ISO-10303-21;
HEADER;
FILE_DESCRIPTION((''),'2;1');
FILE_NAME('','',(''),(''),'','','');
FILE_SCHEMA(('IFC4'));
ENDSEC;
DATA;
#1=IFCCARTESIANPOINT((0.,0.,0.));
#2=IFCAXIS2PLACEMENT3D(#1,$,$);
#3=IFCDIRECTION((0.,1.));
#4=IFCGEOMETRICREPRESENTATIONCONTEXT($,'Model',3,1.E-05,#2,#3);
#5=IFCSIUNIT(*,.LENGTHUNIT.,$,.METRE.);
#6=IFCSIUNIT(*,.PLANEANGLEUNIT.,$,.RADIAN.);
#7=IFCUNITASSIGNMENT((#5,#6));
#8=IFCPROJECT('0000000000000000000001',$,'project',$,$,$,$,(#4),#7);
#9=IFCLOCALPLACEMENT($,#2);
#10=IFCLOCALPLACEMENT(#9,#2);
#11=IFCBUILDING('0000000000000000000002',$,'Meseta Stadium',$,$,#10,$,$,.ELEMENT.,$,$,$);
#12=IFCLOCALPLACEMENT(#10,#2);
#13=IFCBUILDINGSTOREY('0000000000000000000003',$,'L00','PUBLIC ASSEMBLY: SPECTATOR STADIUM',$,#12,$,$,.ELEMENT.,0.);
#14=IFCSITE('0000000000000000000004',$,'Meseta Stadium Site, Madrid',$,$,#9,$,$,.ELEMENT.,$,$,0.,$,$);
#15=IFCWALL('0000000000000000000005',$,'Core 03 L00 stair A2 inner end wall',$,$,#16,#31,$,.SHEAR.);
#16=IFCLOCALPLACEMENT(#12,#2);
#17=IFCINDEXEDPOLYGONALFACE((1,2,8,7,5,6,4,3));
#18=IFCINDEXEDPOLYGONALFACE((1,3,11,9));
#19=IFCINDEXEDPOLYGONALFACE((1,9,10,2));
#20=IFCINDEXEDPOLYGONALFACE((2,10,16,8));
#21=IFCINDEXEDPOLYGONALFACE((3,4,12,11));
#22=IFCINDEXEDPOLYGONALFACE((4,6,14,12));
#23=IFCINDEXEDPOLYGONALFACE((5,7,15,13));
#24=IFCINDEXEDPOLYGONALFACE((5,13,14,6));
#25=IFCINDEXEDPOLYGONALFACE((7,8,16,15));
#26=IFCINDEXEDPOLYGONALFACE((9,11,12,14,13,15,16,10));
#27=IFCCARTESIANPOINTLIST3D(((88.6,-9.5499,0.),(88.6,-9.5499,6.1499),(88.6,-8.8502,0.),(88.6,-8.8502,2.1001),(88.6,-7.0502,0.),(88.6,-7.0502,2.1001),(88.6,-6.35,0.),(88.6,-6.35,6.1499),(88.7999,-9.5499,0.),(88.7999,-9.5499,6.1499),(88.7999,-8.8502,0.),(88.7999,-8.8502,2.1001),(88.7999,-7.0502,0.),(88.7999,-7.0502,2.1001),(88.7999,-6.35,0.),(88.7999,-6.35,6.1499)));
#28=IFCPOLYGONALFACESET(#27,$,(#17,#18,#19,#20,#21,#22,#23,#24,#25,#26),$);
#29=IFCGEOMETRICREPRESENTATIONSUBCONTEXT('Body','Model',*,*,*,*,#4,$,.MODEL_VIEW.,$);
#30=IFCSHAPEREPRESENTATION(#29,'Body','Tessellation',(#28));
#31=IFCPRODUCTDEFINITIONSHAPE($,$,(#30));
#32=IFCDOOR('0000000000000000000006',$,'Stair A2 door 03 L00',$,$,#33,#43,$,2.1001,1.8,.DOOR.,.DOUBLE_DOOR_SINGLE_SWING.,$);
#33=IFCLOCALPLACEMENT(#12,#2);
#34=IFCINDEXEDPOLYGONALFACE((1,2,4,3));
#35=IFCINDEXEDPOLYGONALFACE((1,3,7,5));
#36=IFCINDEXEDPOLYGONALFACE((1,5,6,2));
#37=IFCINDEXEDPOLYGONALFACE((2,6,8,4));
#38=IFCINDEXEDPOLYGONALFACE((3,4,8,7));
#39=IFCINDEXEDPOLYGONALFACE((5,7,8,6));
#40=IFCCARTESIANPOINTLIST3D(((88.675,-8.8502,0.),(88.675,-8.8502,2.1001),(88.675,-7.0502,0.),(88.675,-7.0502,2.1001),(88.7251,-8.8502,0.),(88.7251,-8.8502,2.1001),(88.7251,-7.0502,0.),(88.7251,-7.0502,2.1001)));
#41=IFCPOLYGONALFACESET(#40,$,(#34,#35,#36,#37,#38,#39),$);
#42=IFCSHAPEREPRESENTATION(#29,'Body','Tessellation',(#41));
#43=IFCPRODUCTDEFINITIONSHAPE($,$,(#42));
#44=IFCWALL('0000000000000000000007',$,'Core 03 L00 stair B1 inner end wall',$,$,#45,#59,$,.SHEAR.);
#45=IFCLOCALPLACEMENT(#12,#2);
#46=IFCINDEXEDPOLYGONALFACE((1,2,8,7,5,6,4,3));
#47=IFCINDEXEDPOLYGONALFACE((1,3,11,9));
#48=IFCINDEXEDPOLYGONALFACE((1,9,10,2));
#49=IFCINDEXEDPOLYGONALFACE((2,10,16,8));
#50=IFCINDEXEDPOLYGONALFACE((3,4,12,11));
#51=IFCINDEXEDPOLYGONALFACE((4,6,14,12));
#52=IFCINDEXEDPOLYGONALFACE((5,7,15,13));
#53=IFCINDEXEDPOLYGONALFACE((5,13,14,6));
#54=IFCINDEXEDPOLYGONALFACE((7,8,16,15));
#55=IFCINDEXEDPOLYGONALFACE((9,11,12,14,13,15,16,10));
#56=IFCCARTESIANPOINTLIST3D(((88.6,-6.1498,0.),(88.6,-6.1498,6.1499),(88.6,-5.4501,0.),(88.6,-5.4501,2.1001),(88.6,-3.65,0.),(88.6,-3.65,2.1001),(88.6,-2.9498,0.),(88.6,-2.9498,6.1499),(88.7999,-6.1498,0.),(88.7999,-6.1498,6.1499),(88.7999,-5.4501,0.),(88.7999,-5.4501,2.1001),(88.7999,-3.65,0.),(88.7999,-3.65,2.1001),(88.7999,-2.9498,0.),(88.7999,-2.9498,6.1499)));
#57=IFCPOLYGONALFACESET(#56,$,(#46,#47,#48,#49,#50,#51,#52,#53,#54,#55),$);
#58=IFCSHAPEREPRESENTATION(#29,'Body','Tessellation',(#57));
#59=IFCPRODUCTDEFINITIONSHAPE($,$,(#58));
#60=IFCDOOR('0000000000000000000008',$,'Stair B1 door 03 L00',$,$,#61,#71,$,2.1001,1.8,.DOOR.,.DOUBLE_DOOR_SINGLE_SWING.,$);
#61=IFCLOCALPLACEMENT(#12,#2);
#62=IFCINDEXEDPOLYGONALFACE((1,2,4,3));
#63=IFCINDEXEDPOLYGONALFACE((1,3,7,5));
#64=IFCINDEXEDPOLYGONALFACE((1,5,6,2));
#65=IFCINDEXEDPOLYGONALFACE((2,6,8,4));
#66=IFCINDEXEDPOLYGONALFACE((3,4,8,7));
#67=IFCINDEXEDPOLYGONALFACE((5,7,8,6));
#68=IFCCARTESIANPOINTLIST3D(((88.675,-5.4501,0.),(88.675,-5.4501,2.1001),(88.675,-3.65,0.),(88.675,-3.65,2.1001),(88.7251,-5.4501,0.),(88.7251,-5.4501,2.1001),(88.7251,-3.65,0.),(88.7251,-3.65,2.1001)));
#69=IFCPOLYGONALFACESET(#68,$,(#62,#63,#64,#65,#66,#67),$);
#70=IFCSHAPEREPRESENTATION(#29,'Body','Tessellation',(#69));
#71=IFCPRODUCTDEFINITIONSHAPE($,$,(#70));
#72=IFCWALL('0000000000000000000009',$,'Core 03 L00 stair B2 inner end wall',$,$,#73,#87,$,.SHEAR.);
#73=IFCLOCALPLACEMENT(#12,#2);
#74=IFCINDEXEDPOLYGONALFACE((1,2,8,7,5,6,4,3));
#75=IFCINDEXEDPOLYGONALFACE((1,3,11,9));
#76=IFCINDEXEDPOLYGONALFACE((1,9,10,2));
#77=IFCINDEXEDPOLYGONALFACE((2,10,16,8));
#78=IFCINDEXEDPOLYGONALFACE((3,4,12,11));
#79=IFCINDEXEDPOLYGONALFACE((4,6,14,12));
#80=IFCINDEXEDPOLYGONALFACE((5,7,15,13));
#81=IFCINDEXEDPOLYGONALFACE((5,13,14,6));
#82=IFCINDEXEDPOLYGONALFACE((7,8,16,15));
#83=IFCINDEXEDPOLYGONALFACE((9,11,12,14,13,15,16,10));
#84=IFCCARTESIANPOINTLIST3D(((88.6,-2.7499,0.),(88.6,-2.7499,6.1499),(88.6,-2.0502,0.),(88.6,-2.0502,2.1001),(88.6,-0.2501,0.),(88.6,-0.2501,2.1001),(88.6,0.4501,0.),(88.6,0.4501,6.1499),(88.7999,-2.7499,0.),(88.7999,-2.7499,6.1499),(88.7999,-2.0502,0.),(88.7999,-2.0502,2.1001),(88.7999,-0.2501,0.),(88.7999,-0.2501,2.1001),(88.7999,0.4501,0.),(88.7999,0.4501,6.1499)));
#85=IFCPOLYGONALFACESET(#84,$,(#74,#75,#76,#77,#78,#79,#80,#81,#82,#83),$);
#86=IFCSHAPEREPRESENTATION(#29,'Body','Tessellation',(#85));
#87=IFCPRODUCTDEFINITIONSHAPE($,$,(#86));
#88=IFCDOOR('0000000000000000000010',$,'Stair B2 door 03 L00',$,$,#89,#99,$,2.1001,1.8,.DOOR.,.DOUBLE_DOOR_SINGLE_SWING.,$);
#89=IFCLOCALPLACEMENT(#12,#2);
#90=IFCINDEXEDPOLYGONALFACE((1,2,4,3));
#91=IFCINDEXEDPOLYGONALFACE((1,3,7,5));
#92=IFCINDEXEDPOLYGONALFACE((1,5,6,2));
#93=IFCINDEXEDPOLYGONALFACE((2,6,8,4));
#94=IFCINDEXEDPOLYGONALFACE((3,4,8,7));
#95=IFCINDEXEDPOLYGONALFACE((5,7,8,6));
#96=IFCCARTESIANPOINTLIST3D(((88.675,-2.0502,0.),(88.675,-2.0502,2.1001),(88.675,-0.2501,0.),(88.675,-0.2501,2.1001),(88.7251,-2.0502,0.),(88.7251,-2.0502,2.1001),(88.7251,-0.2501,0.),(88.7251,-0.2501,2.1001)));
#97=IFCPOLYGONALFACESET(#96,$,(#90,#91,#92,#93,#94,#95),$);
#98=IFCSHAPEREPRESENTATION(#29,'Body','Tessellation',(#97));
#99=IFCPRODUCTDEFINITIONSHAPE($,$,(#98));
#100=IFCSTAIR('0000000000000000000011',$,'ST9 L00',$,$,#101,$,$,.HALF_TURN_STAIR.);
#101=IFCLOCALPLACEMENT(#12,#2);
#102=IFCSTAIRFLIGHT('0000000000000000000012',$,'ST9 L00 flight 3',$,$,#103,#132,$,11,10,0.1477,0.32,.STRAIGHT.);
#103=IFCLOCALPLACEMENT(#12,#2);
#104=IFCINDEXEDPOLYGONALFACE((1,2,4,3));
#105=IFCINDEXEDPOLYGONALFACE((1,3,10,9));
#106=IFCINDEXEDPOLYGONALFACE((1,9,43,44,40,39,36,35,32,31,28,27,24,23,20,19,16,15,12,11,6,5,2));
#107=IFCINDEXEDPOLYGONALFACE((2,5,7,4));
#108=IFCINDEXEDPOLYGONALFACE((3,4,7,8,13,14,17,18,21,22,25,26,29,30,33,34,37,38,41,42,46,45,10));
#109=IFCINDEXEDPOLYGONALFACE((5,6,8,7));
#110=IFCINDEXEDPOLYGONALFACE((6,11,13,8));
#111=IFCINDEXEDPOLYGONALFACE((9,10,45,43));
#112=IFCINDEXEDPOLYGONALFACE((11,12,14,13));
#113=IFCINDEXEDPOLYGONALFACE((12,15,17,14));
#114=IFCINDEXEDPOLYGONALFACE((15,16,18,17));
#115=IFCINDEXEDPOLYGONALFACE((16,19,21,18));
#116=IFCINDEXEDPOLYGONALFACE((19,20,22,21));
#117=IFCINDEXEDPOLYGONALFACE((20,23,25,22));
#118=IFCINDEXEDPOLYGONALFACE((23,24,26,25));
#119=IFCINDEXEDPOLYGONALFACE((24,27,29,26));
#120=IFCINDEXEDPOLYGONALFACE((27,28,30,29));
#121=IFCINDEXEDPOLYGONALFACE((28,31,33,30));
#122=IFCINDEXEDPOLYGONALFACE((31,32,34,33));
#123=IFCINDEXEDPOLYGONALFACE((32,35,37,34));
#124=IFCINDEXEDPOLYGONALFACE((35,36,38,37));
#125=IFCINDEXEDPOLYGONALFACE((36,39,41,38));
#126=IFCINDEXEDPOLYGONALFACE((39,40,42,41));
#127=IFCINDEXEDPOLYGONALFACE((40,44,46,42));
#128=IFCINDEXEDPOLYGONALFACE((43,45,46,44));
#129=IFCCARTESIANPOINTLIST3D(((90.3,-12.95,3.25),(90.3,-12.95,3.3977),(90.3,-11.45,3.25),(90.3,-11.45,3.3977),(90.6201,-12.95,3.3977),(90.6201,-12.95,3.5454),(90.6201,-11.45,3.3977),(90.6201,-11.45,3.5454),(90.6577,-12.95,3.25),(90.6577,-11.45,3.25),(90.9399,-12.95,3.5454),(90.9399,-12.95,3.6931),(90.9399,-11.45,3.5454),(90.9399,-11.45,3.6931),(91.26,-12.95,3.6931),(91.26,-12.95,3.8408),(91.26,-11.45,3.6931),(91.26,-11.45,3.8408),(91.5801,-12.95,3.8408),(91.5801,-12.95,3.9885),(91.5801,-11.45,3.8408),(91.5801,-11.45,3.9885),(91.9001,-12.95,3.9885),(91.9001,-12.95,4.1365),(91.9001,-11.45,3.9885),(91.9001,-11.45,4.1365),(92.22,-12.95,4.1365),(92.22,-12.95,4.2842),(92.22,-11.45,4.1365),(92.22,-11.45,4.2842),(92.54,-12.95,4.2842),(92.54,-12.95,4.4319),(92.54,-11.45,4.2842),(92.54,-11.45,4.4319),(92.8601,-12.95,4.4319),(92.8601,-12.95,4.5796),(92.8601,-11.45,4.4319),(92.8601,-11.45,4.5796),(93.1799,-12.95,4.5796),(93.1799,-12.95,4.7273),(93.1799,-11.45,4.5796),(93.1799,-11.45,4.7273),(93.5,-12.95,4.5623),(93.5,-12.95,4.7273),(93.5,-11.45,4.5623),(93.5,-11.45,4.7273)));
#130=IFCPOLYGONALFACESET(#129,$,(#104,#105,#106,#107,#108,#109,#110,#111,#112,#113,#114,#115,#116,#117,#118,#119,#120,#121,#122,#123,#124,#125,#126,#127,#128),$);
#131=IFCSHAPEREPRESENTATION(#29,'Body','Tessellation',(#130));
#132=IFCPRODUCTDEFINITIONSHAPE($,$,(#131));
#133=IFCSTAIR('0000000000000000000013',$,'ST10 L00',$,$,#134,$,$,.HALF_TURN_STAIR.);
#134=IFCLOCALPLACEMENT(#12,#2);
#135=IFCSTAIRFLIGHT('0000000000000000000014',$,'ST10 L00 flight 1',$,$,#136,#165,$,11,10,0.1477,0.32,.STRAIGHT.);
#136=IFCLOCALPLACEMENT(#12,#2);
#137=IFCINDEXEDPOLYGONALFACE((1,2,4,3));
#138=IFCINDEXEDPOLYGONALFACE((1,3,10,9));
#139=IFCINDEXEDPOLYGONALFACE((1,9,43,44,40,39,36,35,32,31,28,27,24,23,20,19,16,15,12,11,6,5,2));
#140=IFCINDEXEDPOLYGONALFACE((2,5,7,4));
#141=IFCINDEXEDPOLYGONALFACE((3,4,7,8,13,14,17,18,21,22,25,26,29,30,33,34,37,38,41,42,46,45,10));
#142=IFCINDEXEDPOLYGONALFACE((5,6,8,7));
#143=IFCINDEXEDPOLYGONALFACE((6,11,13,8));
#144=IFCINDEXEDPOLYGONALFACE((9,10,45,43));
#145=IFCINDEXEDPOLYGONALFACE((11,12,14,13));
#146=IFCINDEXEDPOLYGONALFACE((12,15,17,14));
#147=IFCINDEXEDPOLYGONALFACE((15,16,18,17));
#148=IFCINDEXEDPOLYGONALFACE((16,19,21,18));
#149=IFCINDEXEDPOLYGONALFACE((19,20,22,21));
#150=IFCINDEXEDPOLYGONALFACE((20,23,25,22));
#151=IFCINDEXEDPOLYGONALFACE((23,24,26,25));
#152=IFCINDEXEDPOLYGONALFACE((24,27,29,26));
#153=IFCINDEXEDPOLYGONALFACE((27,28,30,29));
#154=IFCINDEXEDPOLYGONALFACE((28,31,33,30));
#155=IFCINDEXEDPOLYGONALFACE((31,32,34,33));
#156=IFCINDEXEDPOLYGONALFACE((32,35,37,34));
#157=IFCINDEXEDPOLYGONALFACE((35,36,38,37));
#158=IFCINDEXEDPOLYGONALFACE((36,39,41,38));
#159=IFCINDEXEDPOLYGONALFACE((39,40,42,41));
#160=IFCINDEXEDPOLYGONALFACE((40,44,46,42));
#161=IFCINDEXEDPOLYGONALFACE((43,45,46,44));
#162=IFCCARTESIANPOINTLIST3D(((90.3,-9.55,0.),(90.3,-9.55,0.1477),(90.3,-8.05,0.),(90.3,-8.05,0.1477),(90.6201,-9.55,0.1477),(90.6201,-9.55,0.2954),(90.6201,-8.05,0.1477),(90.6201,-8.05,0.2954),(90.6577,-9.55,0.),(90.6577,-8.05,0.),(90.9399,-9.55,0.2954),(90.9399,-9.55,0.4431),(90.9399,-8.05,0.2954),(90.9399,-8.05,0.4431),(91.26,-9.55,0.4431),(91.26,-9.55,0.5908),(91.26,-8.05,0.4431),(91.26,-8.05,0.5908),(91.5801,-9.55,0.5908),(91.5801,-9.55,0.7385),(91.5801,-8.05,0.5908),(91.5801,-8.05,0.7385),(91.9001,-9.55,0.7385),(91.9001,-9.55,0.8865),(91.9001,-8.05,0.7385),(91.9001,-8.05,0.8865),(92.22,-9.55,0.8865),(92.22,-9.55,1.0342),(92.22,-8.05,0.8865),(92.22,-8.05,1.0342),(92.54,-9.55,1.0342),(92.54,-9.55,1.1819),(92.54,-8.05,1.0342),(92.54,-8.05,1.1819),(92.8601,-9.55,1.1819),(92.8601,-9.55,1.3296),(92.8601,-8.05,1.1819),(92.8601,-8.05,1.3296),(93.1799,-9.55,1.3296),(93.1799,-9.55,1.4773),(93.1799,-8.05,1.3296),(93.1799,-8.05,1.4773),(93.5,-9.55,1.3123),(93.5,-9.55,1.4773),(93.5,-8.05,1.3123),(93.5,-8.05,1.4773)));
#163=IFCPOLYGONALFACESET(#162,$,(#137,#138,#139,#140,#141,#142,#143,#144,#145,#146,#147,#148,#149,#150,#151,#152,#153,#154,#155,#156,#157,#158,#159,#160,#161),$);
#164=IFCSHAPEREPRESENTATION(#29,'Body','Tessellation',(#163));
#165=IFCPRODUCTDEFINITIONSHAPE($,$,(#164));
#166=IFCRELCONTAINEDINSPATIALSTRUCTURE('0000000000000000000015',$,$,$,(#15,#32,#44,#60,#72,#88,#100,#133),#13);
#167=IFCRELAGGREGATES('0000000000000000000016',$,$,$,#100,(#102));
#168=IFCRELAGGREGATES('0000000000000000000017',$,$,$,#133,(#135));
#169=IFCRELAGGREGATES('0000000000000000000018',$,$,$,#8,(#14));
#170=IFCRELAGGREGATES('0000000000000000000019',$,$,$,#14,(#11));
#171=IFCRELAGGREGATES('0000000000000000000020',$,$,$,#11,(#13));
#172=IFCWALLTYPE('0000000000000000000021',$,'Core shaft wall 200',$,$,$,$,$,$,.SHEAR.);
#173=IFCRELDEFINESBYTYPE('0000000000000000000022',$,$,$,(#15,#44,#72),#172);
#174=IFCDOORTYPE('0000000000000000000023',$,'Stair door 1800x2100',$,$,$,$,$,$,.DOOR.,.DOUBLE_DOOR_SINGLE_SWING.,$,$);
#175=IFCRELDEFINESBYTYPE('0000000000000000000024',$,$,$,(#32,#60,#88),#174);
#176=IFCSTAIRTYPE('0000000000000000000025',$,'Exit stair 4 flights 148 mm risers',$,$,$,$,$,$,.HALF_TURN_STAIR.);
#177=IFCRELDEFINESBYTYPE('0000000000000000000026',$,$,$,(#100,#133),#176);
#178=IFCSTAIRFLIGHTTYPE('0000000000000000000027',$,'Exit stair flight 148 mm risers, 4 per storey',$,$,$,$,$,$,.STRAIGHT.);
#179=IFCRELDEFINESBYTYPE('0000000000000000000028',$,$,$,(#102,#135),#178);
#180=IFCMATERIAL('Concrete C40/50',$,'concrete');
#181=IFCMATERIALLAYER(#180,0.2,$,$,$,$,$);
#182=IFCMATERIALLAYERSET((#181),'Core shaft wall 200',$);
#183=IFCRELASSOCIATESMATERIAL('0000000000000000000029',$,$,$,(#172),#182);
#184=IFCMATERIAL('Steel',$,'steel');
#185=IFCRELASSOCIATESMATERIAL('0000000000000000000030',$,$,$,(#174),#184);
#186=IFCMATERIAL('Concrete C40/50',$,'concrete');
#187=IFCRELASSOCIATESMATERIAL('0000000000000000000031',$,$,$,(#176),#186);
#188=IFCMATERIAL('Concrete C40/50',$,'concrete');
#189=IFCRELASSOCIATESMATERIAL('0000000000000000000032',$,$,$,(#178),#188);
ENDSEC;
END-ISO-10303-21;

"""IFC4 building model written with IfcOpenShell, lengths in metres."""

from ifc_helpers import new_model, si_unit, direction, frame, frame_2d, origin, place, context, subcontext, project, spatial, polyline, rectangle, outline, extrude, material, layer, layer_set, type_object, element, fill, aggregate, save


model = new_model("IFC4")

# Units and contexts
model_context = context("Model", 3, precision=1e-05, world=origin(), true_north=direction((0.0, 1.0)))
body_context = subcontext(model_context, "Body", "Model", "MODEL_VIEW")
ifc_project = project(units=[si_unit("LENGTHUNIT", "METRE"), si_unit("PLANEANGLEUNIT", "RADIAN")], contexts=[model_context])

# Site, building, storey
site_placement = place(None, origin())
site = spatial("IfcSite", under=ifc_project, at=site_placement, Name="Meseta Stadium Site, Madrid", CompositionType="ELEMENT", RefElevation=0.0)
building_placement = place(site_placement, origin())
building = spatial("IfcBuilding", under=site, at=building_placement, Name="Meseta Stadium", CompositionType="ELEMENT")
storey_placement = place(building_placement, origin())
storey = spatial("IfcBuildingStorey", under=building, at=storey_placement, Name="L00", Description="PUBLIC ASSEMBLY: SPECTATOR STADIUM", CompositionType="ELEMENT", Elevation=0.0)

# Walls, openings, doors
ifc_material_1 = material(Name="Concrete C40/50", Category="concrete")
ifc_layer = layer(ifc_material_1, 0.2)
ifc_layer_set = layer_set([ifc_layer], Name="Core shaft wall 200")
wall_type = type_object("IfcWallType", Name="Core shaft wall 200", PredefinedType="SHEAR", material=ifc_layer_set)
wall_1_placement = place(storey_placement, frame((88.7, -9.55, 0.0), z_axis=(0.0, 0.0, 1.0), x_axis=(0.0, 1.0, 0.0)))
wall_1 = element("IfcWall", 1, at=wall_1_placement, inside=storey, type_object=wall_type, Name="Core 03 L00 stair A2 inner end wall", PredefinedType="SHEAR", context=body_context, shape_type="SweptSolid", body=[
    extrude(rectangle(XDim=3.2, YDim=0.2, at=frame_2d((1.6001, 0.0))), origin(), (0.0, 0.0, 1.0), 6.1499),
])
opening_1_placement = place(wall_1_placement, frame((0.7, 0.0, 0.0)))
opening_1 = element("IfcOpeningElement", 2, at=opening_1_placement, cuts=wall_1, PredefinedType="OPENING", context=body_context, shape_type="SweptSolid", body=[
    extrude(rectangle(XDim=1.8, YDim=2.1001, at=frame_2d((0.8999, 1.05))), frame((0.0, 0.1099, 0.0), z_axis=(0.0, -1.0, 0.0), x_axis=(1.0, 0.0, 0.0)), (0.0, 0.0, 1.0), 0.22),
])
ifc_material_2 = material(Name="Steel", Category="steel")
door_type = type_object("IfcDoorType", Name="Stair door 1800x2100", OperationType="DOUBLE_DOOR_SINGLE_SWING", PredefinedType="DOOR", material=ifc_material_2)
door_1_placement = place(opening_1_placement, origin())
door_1 = element("IfcDoor", 3, at=door_1_placement, inside=storey, type_object=door_type, Name="Stair A2 door 03 L00", OperationType="DOUBLE_DOOR_SINGLE_SWING", OverallHeight=2.1001, OverallWidth=1.8, PredefinedType="DOOR", context=body_context, shape_type="SweptSolid", body=[
    extrude(rectangle(XDim=1.8, YDim=2.1001, at=frame_2d((0.8999, 1.05))), frame((0.0, 0.0249, 0.0), z_axis=(0.0, -1.0, 0.0), x_axis=(1.0, 0.0, 0.0)), (0.0, 0.0, 1.0), 0.05),
])
fill(opening_1, door_1)
wall_2_placement = place(storey_placement, frame((88.7, -6.1499, 0.0), z_axis=(0.0, 0.0, 1.0), x_axis=(0.0, 1.0, 0.0)))
wall_2 = element("IfcWall", 4, at=wall_2_placement, inside=storey, type_object=wall_type, Name="Core 03 L00 stair B1 inner end wall", PredefinedType="SHEAR", context=body_context, shape_type="SweptSolid", body=[
    extrude(rectangle(XDim=3.2, YDim=0.2, at=frame_2d((1.6001, 0.0))), origin(), (0.0, 0.0, 1.0), 6.1499),
])
opening_2_placement = place(wall_2_placement, frame((0.7, 0.0, 0.0)))
opening_2 = element("IfcOpeningElement", 5, at=opening_2_placement, cuts=wall_2, PredefinedType="OPENING", context=body_context, shape_type="SweptSolid", body=[
    extrude(rectangle(XDim=1.8, YDim=2.1001, at=frame_2d((0.8999, 1.05))), frame((0.0, 0.1099, 0.0), z_axis=(0.0, -1.0, 0.0), x_axis=(1.0, 0.0, 0.0)), (0.0, 0.0, 1.0), 0.22),
])
door_2_placement = place(opening_2_placement, origin())
door_2 = element("IfcDoor", 6, at=door_2_placement, inside=storey, type_object=door_type, Name="Stair B1 door 03 L00", OperationType="DOUBLE_DOOR_SINGLE_SWING", OverallHeight=2.1001, OverallWidth=1.8, PredefinedType="DOOR", context=body_context, shape_type="SweptSolid", body=[
    extrude(rectangle(XDim=1.8, YDim=2.1001, at=frame_2d((0.8999, 1.05))), frame((0.0, 0.0249, 0.0), z_axis=(0.0, -1.0, 0.0), x_axis=(1.0, 0.0, 0.0)), (0.0, 0.0, 1.0), 0.05),
])
fill(opening_2, door_2)
wall_3_placement = place(storey_placement, frame((88.7, -2.75, 0.0), z_axis=(0.0, 0.0, 1.0), x_axis=(0.0, 1.0, 0.0)))
wall_3 = element("IfcWall", 7, at=wall_3_placement, inside=storey, type_object=wall_type, Name="Core 03 L00 stair B2 inner end wall", PredefinedType="SHEAR", context=body_context, shape_type="SweptSolid", body=[
    extrude(rectangle(XDim=3.2, YDim=0.2, at=frame_2d((1.6001, 0.0))), origin(), (0.0, 0.0, 1.0), 6.1499),
])
opening_3_placement = place(wall_3_placement, frame((0.7, 0.0, 0.0)))
opening_3 = element("IfcOpeningElement", 8, at=opening_3_placement, cuts=wall_3, PredefinedType="OPENING", context=body_context, shape_type="SweptSolid", body=[
    extrude(rectangle(XDim=1.8, YDim=2.1001, at=frame_2d((0.8999, 1.05))), frame((0.0, 0.1099, 0.0), z_axis=(0.0, -1.0, 0.0), x_axis=(1.0, 0.0, 0.0)), (0.0, 0.0, 1.0), 0.22),
])
door_3_placement = place(opening_3_placement, origin())
door_3 = element("IfcDoor", 9, at=door_3_placement, inside=storey, type_object=door_type, Name="Stair B2 door 03 L00", OperationType="DOUBLE_DOOR_SINGLE_SWING", OverallHeight=2.1001, OverallWidth=1.8, PredefinedType="DOOR", context=body_context, shape_type="SweptSolid", body=[
    extrude(rectangle(XDim=1.8, YDim=2.1001, at=frame_2d((0.8999, 1.05))), frame((0.0, 0.0249, 0.0), z_axis=(0.0, -1.0, 0.0), x_axis=(1.0, 0.0, 0.0)), (0.0, 0.0, 1.0), 0.05),
])
fill(opening_3, door_3)

# Stair, stair flight
ifc_material_3 = material(Name="Concrete C40/50", Category="concrete")
stair_type = type_object("IfcStairType", Name="Exit stair 4 flights 148 mm risers", PredefinedType="HALF_TURN_STAIR", material=ifc_material_3)
stair_1_placement = place(storey_placement, origin())
stair_1 = element("IfcStair", 10, at=stair_1_placement, inside=storey, type_object=stair_type, Name="ST9 L00", PredefinedType="HALF_TURN_STAIR")
ifc_material_4 = material(Name="Concrete C40/50", Category="concrete")
stair_flight_type = type_object("IfcStairFlightType", Name="Exit stair flight 148 mm risers, 4 per storey", PredefinedType="STRAIGHT", material=ifc_material_4)
stair_flight_1_placement = place(storey_placement, frame((90.3, -12.2, 3.25), z_axis=(0.0, 0.0, 1.0), x_axis=(1.0, 0.0, 0.0)))
stair_flight_1 = element("IfcStairFlight", 11, at=stair_flight_1_placement, type_object=stair_flight_type, Name="ST9 L00 flight 3", NumberOfRisers=11, NumberOfTreads=10, PredefinedType="STRAIGHT", RiserHeight=0.1477, TreadLength=0.32, context=body_context, shape_type="SweptSolid", body=[
    extrude(outline(polyline([(0.0, 0.0), (0.0, 0.1477), (0.3201, 0.1477), (0.3201, 0.2954), (0.6399, 0.2954), (0.6399, 0.4431), (0.96, 0.4431), (0.96, 0.5908), (1.28, 0.5908), (1.28, 0.7385), (1.6001, 0.7385), (1.6001, 0.8865), (1.9199, 0.8865), (1.9199, 1.0342), (2.24, 1.0342), (2.24, 1.1819), (2.5601, 1.1819), (2.5601, 1.3296), (2.8799, 1.3296), (2.8799, 1.4773), (3.2, 1.4773), (3.2, 1.3123), (0.3577, 0.0), (0.0, 0.0)])), frame((0.0, 0.75, 0.0), z_axis=(0.0, -1.0, 0.0), x_axis=(1.0, 0.0, 0.0)), (0.0, 0.0, 1.0), 1.5),
])
aggregate(stair_1, [stair_flight_1])

# Stair, stair flight
stair_2_placement = place(storey_placement, origin())
stair_2 = element("IfcStair", 12, at=stair_2_placement, inside=storey, type_object=stair_type, Name="ST10 L00", PredefinedType="HALF_TURN_STAIR")
stair_flight_2_placement = place(storey_placement, frame((90.3, -8.8, 0.0), z_axis=(0.0, 0.0, 1.0), x_axis=(1.0, 0.0, 0.0)))
stair_flight_2 = element("IfcStairFlight", 13, at=stair_flight_2_placement, type_object=stair_flight_type, Name="ST10 L00 flight 1", NumberOfRisers=11, NumberOfTreads=10, PredefinedType="STRAIGHT", RiserHeight=0.1477, TreadLength=0.32, context=body_context, shape_type="SweptSolid", body=[
    extrude(outline(polyline([(0.0, 0.0), (0.0, 0.1477), (0.3201, 0.1477), (0.3201, 0.2954), (0.6399, 0.2954), (0.6399, 0.4431), (0.96, 0.4431), (0.96, 0.5908), (1.28, 0.5908), (1.28, 0.7385), (1.6001, 0.7385), (1.6001, 0.8865), (1.9199, 0.8865), (1.9199, 1.0342), (2.24, 1.0342), (2.24, 1.1819), (2.5601, 1.1819), (2.5601, 1.3296), (2.8799, 1.3296), (2.8799, 1.4773), (3.2, 1.4773), (3.2, 1.3123), (0.3577, 0.0), (0.0, 0.0)])), frame((0.0, 0.75, 0.0), z_axis=(0.0, -1.0, 0.0), x_axis=(1.0, 0.0, 0.0)), (0.0, 0.0, 1.0), 1.5),
])
aggregate(stair_2, [stair_flight_2])

save(model, "model.ifc")
